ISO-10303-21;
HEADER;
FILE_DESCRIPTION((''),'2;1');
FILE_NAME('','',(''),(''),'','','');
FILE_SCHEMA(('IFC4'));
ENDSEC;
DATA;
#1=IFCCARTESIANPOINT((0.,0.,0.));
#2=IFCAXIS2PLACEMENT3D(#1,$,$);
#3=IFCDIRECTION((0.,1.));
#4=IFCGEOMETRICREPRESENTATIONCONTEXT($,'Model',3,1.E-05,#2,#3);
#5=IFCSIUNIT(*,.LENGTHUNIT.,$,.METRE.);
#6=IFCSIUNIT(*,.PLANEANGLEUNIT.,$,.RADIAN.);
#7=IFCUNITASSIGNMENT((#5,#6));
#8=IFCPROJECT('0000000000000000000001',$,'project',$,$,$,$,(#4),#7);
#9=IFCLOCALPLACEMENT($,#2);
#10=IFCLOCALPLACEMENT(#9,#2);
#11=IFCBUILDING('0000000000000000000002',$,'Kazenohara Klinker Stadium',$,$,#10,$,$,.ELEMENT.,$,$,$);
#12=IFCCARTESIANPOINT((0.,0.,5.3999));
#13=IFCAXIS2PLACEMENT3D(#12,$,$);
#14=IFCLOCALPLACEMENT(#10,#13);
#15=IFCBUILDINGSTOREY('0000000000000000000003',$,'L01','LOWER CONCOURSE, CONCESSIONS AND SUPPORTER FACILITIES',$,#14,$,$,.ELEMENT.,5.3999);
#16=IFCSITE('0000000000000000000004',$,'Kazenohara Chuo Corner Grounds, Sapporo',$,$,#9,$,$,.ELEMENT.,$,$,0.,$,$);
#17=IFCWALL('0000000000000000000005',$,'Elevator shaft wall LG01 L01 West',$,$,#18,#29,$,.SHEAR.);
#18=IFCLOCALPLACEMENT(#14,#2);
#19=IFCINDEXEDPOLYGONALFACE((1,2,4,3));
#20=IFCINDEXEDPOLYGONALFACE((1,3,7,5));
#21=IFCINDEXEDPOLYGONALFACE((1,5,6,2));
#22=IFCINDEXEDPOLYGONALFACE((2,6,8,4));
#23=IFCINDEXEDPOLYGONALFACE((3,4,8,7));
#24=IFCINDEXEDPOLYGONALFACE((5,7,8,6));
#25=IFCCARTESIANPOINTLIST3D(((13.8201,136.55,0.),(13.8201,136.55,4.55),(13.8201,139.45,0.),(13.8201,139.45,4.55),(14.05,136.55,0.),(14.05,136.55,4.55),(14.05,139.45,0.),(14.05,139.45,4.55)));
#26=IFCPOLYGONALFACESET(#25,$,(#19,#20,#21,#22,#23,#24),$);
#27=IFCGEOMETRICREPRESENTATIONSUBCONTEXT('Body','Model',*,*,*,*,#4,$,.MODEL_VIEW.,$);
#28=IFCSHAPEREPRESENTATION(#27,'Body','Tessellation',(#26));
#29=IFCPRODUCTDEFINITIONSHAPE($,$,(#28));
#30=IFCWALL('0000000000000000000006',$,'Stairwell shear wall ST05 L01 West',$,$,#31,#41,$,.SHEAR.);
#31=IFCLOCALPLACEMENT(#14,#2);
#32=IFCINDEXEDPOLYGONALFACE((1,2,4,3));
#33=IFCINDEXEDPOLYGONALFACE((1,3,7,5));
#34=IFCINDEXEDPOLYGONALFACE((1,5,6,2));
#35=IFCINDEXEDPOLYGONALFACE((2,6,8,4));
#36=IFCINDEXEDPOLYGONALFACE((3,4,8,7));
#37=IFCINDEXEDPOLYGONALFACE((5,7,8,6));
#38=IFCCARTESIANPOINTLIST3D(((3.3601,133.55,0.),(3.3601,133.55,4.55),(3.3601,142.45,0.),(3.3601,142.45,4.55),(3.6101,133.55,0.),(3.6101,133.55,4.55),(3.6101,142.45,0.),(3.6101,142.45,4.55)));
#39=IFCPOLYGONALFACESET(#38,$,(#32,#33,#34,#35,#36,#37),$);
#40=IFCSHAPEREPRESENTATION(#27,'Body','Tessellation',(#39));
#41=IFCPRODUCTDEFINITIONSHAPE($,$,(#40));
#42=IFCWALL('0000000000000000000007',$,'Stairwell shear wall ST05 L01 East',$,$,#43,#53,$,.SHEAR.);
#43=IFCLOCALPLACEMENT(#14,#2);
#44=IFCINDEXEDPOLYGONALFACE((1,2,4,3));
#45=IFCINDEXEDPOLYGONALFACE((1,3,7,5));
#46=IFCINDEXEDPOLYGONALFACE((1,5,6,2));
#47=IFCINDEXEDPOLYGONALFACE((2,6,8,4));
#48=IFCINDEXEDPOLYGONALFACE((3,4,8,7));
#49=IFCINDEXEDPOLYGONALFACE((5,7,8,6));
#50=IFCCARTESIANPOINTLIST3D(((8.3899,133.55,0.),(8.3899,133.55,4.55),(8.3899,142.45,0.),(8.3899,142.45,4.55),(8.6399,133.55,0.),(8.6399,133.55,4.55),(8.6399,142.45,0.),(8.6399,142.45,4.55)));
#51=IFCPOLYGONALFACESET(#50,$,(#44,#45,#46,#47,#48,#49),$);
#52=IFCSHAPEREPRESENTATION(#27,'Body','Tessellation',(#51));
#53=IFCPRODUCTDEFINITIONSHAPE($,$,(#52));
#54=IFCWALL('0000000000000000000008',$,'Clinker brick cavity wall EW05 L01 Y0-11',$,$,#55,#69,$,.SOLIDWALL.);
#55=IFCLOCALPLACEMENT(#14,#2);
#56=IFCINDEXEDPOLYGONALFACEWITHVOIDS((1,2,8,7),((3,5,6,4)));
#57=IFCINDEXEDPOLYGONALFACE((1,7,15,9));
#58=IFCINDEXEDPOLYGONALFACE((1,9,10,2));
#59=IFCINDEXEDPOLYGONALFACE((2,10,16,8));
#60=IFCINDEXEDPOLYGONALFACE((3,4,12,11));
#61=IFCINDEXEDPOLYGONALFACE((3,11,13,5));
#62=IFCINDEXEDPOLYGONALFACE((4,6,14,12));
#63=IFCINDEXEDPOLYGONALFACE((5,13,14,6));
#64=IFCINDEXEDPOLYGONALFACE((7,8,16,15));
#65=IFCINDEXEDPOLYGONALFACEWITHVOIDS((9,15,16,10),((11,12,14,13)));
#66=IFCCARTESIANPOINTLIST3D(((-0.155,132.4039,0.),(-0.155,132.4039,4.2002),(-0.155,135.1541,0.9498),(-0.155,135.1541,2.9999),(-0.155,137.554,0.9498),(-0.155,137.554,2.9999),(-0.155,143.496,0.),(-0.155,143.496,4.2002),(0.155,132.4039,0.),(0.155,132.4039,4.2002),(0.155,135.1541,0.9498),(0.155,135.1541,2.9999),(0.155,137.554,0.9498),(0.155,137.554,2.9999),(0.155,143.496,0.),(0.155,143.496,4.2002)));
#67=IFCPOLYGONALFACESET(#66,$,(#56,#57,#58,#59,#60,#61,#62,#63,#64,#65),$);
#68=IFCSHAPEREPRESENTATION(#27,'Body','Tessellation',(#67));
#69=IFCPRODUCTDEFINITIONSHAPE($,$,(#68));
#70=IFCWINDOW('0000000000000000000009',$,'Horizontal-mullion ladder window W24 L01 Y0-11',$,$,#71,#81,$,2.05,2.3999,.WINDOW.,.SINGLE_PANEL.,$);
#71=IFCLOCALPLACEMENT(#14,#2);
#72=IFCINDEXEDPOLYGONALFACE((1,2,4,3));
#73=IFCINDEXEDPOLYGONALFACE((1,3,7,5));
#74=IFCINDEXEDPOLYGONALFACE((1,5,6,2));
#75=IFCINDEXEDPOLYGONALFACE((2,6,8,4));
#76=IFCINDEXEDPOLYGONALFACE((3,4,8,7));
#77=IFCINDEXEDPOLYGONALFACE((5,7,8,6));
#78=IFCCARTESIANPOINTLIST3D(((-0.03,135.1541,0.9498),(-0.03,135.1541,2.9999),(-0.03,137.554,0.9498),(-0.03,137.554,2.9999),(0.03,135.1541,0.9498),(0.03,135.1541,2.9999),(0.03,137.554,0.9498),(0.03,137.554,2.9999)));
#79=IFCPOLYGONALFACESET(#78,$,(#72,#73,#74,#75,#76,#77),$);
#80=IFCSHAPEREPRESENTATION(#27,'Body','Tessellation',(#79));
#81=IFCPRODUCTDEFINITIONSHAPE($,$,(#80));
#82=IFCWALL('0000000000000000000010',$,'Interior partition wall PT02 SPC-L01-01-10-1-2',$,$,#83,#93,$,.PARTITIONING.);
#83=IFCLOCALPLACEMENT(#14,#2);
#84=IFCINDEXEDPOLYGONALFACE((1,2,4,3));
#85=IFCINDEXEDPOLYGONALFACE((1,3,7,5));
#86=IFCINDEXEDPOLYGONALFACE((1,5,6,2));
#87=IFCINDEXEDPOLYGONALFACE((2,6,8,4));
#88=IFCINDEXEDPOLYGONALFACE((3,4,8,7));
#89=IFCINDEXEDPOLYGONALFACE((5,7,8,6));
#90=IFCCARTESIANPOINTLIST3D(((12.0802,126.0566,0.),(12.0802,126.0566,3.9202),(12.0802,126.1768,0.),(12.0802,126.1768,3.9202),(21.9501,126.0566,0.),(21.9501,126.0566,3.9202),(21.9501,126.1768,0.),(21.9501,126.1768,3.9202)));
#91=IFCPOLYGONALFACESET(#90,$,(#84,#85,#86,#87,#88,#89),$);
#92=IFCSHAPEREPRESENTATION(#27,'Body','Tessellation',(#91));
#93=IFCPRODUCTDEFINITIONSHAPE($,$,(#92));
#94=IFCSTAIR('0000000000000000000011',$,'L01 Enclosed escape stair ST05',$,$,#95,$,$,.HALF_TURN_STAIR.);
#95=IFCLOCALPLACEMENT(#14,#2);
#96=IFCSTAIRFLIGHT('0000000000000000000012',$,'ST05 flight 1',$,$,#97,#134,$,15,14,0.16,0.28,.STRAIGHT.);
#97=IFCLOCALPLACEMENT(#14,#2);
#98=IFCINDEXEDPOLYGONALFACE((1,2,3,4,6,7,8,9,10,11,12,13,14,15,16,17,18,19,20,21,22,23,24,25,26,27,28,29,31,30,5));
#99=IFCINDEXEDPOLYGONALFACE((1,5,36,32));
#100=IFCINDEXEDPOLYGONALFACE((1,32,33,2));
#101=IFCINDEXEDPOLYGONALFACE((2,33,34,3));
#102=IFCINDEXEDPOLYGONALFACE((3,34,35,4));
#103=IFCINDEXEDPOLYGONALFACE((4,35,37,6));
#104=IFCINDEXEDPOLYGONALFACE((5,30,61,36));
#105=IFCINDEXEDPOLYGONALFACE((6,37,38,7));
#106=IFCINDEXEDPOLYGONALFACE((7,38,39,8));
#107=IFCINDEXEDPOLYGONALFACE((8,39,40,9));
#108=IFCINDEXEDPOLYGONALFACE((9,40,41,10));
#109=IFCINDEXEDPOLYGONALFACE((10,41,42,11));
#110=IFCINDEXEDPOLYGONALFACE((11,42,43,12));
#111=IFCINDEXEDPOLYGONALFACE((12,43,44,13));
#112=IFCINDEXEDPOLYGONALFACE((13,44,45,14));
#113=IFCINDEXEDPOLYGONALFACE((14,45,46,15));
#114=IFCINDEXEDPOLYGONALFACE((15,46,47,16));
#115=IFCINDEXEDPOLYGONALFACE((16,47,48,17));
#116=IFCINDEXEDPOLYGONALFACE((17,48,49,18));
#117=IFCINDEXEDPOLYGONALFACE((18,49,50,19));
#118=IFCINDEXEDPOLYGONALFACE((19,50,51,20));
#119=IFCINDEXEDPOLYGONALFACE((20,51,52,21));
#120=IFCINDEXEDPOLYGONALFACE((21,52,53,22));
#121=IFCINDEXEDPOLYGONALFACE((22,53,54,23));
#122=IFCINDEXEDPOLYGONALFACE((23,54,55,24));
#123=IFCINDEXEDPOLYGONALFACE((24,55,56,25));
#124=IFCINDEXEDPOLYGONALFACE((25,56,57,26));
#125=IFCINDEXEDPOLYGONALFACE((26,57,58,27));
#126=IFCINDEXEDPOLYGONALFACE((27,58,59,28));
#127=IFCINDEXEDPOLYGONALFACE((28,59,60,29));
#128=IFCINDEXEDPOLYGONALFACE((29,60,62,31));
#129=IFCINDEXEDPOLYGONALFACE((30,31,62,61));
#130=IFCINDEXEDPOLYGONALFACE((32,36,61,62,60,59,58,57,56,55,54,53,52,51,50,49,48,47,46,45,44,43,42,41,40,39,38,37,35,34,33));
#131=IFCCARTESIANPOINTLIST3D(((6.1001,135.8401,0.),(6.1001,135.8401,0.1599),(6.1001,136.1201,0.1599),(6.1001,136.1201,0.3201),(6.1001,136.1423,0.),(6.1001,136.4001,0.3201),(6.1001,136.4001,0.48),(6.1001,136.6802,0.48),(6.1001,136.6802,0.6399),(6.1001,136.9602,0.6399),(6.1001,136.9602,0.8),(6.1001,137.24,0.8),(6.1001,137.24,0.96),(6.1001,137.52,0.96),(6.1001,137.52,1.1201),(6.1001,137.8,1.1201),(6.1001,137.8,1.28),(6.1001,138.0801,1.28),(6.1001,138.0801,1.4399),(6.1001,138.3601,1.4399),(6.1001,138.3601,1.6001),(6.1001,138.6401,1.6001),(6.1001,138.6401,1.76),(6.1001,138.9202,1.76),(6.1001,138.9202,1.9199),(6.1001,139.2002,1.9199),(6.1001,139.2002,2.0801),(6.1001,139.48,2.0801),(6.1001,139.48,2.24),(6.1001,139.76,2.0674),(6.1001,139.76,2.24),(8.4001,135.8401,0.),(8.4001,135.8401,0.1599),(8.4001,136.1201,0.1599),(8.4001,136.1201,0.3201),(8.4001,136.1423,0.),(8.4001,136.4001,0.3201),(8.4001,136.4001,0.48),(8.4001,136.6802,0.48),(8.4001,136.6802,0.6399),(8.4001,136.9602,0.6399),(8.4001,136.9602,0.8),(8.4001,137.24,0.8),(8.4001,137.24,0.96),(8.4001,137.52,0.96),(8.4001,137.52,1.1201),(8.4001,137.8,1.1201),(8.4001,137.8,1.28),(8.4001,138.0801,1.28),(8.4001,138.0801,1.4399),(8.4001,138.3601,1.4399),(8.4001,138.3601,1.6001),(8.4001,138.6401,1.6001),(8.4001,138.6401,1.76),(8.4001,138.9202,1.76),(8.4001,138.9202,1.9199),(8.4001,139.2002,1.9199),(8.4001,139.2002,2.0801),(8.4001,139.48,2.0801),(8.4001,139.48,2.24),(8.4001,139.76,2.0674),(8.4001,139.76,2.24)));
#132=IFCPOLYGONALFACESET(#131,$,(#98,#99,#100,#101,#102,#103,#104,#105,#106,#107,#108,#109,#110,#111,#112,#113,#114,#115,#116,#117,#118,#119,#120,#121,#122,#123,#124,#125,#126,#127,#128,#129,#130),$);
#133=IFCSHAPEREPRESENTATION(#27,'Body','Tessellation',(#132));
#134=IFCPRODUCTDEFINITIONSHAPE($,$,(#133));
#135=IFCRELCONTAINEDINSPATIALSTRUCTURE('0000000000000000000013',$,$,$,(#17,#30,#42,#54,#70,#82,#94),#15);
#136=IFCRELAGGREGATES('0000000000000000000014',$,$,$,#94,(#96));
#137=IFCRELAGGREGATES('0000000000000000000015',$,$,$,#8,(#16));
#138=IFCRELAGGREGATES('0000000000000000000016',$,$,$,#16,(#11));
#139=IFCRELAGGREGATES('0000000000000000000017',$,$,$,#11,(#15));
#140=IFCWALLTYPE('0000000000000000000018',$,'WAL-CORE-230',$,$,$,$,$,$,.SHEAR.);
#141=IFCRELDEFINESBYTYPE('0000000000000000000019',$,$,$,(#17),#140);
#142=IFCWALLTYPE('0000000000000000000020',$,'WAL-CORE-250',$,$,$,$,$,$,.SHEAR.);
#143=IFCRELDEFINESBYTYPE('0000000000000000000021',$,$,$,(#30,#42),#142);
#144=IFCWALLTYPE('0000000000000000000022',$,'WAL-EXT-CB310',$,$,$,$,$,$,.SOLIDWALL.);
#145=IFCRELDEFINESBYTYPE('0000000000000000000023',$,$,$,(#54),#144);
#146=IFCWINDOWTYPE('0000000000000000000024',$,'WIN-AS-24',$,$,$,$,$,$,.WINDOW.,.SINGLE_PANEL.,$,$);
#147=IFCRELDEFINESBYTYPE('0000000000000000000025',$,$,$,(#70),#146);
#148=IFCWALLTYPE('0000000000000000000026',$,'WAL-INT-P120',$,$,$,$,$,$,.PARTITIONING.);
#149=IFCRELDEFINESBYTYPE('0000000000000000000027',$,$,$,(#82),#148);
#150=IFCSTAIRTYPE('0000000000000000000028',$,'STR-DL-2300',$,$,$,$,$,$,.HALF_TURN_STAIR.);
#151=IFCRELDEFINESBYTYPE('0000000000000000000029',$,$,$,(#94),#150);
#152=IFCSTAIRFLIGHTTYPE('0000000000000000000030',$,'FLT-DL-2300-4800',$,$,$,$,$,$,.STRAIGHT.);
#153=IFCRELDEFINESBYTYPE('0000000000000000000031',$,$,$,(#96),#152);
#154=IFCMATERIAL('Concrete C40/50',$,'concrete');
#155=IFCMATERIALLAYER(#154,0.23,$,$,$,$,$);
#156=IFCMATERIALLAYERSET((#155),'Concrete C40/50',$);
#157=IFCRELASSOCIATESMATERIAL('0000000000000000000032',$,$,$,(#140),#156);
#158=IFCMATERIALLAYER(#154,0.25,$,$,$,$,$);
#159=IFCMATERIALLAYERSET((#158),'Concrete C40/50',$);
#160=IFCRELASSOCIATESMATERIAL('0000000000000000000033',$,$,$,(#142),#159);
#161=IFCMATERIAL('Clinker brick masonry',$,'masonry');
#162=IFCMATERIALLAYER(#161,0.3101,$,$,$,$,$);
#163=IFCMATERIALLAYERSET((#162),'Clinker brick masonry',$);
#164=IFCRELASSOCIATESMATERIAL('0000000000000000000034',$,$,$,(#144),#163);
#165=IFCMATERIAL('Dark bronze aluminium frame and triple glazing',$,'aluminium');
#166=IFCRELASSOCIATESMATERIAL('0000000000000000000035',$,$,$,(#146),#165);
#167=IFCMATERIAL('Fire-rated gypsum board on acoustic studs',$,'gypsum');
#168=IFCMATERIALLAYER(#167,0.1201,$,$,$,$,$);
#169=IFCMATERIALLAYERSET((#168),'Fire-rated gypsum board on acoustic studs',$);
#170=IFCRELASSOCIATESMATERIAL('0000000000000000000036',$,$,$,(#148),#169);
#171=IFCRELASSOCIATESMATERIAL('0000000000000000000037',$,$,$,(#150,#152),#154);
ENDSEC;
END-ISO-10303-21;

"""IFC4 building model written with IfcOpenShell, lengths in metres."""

from ifc_helpers import new_model, si_unit, direction, frame, frame_2d, origin, place, context, subcontext, project, spatial, polyline, rectangle, outline, extrude, material, layer, layer_set, type_object, element, fill, aggregate, save


model = new_model("IFC4")

# Units and contexts
model_context = context("Model", 3, precision=1e-05, world=origin(), true_north=direction((0.0, 1.0)))
body_context = subcontext(model_context, "Body", "Model", "MODEL_VIEW")
ifc_project = project(units=[si_unit("LENGTHUNIT", "METRE"), si_unit("PLANEANGLEUNIT", "RADIAN")], contexts=[model_context])

# Site, building, storey
site_placement = place(None, origin())
site = spatial("IfcSite", under=ifc_project, at=site_placement, Name="Kazenohara Chuo Corner Grounds, Sapporo", CompositionType="ELEMENT", RefElevation=0.0)
building_placement = place(site_placement, origin())
building = spatial("IfcBuilding", under=site, at=building_placement, Name="Kazenohara Klinker Stadium", CompositionType="ELEMENT")
storey_placement = place(building_placement, frame((0.0, 0.0, 5.3999)))
storey = spatial("IfcBuildingStorey", under=building, at=storey_placement, Name="L01", Description="LOWER CONCOURSE, CONCESSIONS AND SUPPORTER FACILITIES", CompositionType="ELEMENT", Elevation=5.3999)

# Shared definitions
ifc_material_1 = material(Name="Concrete C40/50", Category="concrete")

# Wall
ifc_layer_1 = layer(ifc_material_1, 0.23)
ifc_layer_set_1 = layer_set([ifc_layer_1], Name="Concrete C40/50")
wall_type_1 = type_object("IfcWallType", Name="WAL-CORE-230", PredefinedType="SHEAR", material=ifc_layer_set_1)
wall_1_placement = place(storey_placement, frame((13.9351, 136.55, 0.0), z_axis=(0.0, 0.0, 1.0), x_axis=(0.0, 1.0, 0.0)))
element("IfcWall", 1, at=wall_1_placement, inside=storey, type_object=wall_type_1, Name="Elevator shaft wall LG01 L01 West", PredefinedType="SHEAR", context=body_context, shape_type="SweptSolid", body=[
    extrude(rectangle(XDim=2.8999, YDim=0.23, at=frame_2d((1.45, 0.0))), origin(), (0.0, 0.0, 1.0), 4.55),
])

# Shared definitions
ifc_layer_2 = layer(ifc_material_1, 0.25)
ifc_layer_set_2 = layer_set([ifc_layer_2], Name="Concrete C40/50")
wall_type_2 = type_object("IfcWallType", Name="WAL-CORE-250", PredefinedType="SHEAR", material=ifc_layer_set_2)

# Walls
for number, where, z_axis, x_axis, name in (
    (2, (3.4851, 133.55, 0.0), (0.0, 0.0, 1.0), (0.0, 1.0, 0.0), "Stairwell shear wall ST05 L01 West"),
    (3, (8.5149, 133.55, 0.0), (0.0, 0.0, 1.0), (0.0, 1.0, 0.0), "Stairwell shear wall ST05 L01 East"),
):
    element("IfcWall", number, at=place(storey_placement, frame(where, z_axis=z_axis, x_axis=x_axis)), inside=storey, type_object=wall_type_2, Name=name, PredefinedType="SHEAR", context=body_context, shape_type="SweptSolid", body=[
        extrude(rectangle(XDim=8.8999, YDim=0.25, at=frame_2d((4.45, 0.0))), origin(), (0.0, 0.0, 1.0), 4.55),
    ])

# Wall, opening, window
ifc_material_2 = material(Name="Clinker brick masonry", Category="masonry")
ifc_layer_3 = layer(ifc_material_2, 0.3101)
ifc_layer_set_3 = layer_set([ifc_layer_3], Name="Clinker brick masonry")
wall_type_3 = type_object("IfcWallType", Name="WAL-EXT-CB310", PredefinedType="SOLIDWALL", material=ifc_layer_set_3)
wall_2_placement = place(storey_placement, frame((0.0, 132.4041, 0.0), z_axis=(0.0, 0.0, 1.0), x_axis=(0.0, 1.0, 0.0)))
wall_2 = element("IfcWall", 4, at=wall_2_placement, inside=storey, type_object=wall_type_3, Name="Clinker brick cavity wall EW05 L01 Y0-11", PredefinedType="SOLIDWALL", context=body_context, shape_type="SweptSolid", body=[
    extrude(rectangle(XDim=11.092, YDim=0.3101, at=frame_2d((5.5459, 0.0))), origin(), (0.0, 0.0, 1.0), 4.2002),
])
opening_1_placement = place(wall_2_placement, frame((2.75, 0.0, 0.95)))
opening_1 = element("IfcOpeningElement", 5, at=opening_1_placement, cuts=wall_2, PredefinedType="OPENING", context=body_context, shape_type="SweptSolid", body=[
    extrude(rectangle(XDim=2.3999, YDim=2.05, at=frame_2d((1.2, 1.0249))), frame((0.0, 0.165, 0.0), z_axis=(0.0, -1.0, 0.0), x_axis=(1.0, 0.0, 0.0)), (0.0, 0.0, 1.0), 0.3301),
])
ifc_material_3 = material(Name="Dark bronze aluminium frame and triple glazing", Category="aluminium")
window_type = type_object("IfcWindowType", Name="WIN-AS-24", PartitioningType="SINGLE_PANEL", PredefinedType="WINDOW", material=ifc_material_3)
window_placement = place(opening_1_placement, origin())
window = element("IfcWindow", 6, at=window_placement, inside=storey, type_object=window_type, Name="Horizontal-mullion ladder window W24 L01 Y0-11", OverallHeight=2.05, OverallWidth=2.3999, PartitioningType="SINGLE_PANEL", PredefinedType="WINDOW", context=body_context, shape_type="SweptSolid", body=[
    extrude(rectangle(XDim=2.3999, YDim=2.05, at=frame_2d((1.2, 1.0249))), frame((0.0, 0.03, 0.0), z_axis=(0.0, -1.0, 0.0), x_axis=(1.0, 0.0, 0.0)), (0.0, 0.0, 1.0), 0.0601),
])
fill(opening_1, window)

# Wall
ifc_material_4 = material(Name="Fire-rated gypsum board on acoustic studs", Category="gypsum")
ifc_layer_4 = layer(ifc_material_4, 0.1201)
ifc_layer_set_4 = layer_set([ifc_layer_4], Name="Fire-rated gypsum board on acoustic studs")
wall_type_4 = type_object("IfcWallType", Name="WAL-INT-P120", PredefinedType="PARTITIONING", material=ifc_layer_set_4)
wall_3_placement = place(storey_placement, frame((12.0801, 126.1167, 0.0), z_axis=(0.0, 0.0, 1.0), x_axis=(1.0, 0.0, 0.0)))
element("IfcWall", 7, at=wall_3_placement, inside=storey, type_object=wall_type_4, Name="Interior partition wall PT02 SPC-L01-01-10-1-2", PredefinedType="PARTITIONING", context=body_context, shape_type="SweptSolid", body=[
    extrude(rectangle(XDim=9.8699, YDim=0.1201, at=frame_2d((4.9351, 0.0))), origin(), (0.0, 0.0, 1.0), 3.9202),
])

# Stair, stair flight
stair_type = type_object("IfcStairType", Name="STR-DL-2300", PredefinedType="HALF_TURN_STAIR", material=ifc_material_1)
stair_placement = place(storey_placement, origin())
stair = element("IfcStair", 8, at=stair_placement, inside=storey, type_object=stair_type, Name="L01 Enclosed escape stair ST05", PredefinedType="HALF_TURN_STAIR")
stair_flight_type = type_object("IfcStairFlightType", Name="FLT-DL-2300-4800", PredefinedType="STRAIGHT", material=ifc_material_1)
stair_flight_placement = place(storey_placement, frame((7.25, 135.8401, 0.0), z_axis=(0.0, 0.0, 1.0), x_axis=(0.0, 1.0, 0.0)))
stair_flight = element("IfcStairFlight", 9, at=stair_flight_placement, type_object=stair_flight_type, Name="ST05 flight 1", NumberOfRisers=15, NumberOfTreads=14, PredefinedType="STRAIGHT", RiserHeight=0.16, TreadLength=0.28, context=body_context, shape_type="SweptSolid", body=[
    extrude(outline(polyline([(0.0, 0.0), (0.0, 0.1599), (0.28, 0.1599), (0.28, 0.3201), (0.5601, 0.3201), (0.5601, 0.48), (0.8401, 0.48), (0.8401, 0.6399), (1.1201, 0.6399), (1.1201, 0.8), (1.3999, 0.8), (1.3999, 0.96), (1.6799, 0.96), (1.6799, 1.1201), (1.96, 1.1201), (1.96, 1.28), (2.24, 1.28), (2.24, 1.4399), (2.52, 1.4399), (2.52, 1.6001), (2.8, 1.6001), (2.8, 1.76), (3.0801, 1.76), (3.0801, 1.9199), (3.3601, 1.9199), (3.3601, 2.0801), (3.6399, 2.0801), (3.6399, 2.24), (3.9199, 2.24), (3.9199, 2.3999), (3.9199, 2.0674), (0.3022, 0.0), (0.0, 0.0)])), frame((0.0, 1.1499, 0.0), z_axis=(0.0, -1.0, 0.0), x_axis=(1.0, 0.0, 0.0)), (0.0, 0.0, 1.0), 2.3),
])
aggregate(stair, [stair_flight])

save(model, "model.ifc")
